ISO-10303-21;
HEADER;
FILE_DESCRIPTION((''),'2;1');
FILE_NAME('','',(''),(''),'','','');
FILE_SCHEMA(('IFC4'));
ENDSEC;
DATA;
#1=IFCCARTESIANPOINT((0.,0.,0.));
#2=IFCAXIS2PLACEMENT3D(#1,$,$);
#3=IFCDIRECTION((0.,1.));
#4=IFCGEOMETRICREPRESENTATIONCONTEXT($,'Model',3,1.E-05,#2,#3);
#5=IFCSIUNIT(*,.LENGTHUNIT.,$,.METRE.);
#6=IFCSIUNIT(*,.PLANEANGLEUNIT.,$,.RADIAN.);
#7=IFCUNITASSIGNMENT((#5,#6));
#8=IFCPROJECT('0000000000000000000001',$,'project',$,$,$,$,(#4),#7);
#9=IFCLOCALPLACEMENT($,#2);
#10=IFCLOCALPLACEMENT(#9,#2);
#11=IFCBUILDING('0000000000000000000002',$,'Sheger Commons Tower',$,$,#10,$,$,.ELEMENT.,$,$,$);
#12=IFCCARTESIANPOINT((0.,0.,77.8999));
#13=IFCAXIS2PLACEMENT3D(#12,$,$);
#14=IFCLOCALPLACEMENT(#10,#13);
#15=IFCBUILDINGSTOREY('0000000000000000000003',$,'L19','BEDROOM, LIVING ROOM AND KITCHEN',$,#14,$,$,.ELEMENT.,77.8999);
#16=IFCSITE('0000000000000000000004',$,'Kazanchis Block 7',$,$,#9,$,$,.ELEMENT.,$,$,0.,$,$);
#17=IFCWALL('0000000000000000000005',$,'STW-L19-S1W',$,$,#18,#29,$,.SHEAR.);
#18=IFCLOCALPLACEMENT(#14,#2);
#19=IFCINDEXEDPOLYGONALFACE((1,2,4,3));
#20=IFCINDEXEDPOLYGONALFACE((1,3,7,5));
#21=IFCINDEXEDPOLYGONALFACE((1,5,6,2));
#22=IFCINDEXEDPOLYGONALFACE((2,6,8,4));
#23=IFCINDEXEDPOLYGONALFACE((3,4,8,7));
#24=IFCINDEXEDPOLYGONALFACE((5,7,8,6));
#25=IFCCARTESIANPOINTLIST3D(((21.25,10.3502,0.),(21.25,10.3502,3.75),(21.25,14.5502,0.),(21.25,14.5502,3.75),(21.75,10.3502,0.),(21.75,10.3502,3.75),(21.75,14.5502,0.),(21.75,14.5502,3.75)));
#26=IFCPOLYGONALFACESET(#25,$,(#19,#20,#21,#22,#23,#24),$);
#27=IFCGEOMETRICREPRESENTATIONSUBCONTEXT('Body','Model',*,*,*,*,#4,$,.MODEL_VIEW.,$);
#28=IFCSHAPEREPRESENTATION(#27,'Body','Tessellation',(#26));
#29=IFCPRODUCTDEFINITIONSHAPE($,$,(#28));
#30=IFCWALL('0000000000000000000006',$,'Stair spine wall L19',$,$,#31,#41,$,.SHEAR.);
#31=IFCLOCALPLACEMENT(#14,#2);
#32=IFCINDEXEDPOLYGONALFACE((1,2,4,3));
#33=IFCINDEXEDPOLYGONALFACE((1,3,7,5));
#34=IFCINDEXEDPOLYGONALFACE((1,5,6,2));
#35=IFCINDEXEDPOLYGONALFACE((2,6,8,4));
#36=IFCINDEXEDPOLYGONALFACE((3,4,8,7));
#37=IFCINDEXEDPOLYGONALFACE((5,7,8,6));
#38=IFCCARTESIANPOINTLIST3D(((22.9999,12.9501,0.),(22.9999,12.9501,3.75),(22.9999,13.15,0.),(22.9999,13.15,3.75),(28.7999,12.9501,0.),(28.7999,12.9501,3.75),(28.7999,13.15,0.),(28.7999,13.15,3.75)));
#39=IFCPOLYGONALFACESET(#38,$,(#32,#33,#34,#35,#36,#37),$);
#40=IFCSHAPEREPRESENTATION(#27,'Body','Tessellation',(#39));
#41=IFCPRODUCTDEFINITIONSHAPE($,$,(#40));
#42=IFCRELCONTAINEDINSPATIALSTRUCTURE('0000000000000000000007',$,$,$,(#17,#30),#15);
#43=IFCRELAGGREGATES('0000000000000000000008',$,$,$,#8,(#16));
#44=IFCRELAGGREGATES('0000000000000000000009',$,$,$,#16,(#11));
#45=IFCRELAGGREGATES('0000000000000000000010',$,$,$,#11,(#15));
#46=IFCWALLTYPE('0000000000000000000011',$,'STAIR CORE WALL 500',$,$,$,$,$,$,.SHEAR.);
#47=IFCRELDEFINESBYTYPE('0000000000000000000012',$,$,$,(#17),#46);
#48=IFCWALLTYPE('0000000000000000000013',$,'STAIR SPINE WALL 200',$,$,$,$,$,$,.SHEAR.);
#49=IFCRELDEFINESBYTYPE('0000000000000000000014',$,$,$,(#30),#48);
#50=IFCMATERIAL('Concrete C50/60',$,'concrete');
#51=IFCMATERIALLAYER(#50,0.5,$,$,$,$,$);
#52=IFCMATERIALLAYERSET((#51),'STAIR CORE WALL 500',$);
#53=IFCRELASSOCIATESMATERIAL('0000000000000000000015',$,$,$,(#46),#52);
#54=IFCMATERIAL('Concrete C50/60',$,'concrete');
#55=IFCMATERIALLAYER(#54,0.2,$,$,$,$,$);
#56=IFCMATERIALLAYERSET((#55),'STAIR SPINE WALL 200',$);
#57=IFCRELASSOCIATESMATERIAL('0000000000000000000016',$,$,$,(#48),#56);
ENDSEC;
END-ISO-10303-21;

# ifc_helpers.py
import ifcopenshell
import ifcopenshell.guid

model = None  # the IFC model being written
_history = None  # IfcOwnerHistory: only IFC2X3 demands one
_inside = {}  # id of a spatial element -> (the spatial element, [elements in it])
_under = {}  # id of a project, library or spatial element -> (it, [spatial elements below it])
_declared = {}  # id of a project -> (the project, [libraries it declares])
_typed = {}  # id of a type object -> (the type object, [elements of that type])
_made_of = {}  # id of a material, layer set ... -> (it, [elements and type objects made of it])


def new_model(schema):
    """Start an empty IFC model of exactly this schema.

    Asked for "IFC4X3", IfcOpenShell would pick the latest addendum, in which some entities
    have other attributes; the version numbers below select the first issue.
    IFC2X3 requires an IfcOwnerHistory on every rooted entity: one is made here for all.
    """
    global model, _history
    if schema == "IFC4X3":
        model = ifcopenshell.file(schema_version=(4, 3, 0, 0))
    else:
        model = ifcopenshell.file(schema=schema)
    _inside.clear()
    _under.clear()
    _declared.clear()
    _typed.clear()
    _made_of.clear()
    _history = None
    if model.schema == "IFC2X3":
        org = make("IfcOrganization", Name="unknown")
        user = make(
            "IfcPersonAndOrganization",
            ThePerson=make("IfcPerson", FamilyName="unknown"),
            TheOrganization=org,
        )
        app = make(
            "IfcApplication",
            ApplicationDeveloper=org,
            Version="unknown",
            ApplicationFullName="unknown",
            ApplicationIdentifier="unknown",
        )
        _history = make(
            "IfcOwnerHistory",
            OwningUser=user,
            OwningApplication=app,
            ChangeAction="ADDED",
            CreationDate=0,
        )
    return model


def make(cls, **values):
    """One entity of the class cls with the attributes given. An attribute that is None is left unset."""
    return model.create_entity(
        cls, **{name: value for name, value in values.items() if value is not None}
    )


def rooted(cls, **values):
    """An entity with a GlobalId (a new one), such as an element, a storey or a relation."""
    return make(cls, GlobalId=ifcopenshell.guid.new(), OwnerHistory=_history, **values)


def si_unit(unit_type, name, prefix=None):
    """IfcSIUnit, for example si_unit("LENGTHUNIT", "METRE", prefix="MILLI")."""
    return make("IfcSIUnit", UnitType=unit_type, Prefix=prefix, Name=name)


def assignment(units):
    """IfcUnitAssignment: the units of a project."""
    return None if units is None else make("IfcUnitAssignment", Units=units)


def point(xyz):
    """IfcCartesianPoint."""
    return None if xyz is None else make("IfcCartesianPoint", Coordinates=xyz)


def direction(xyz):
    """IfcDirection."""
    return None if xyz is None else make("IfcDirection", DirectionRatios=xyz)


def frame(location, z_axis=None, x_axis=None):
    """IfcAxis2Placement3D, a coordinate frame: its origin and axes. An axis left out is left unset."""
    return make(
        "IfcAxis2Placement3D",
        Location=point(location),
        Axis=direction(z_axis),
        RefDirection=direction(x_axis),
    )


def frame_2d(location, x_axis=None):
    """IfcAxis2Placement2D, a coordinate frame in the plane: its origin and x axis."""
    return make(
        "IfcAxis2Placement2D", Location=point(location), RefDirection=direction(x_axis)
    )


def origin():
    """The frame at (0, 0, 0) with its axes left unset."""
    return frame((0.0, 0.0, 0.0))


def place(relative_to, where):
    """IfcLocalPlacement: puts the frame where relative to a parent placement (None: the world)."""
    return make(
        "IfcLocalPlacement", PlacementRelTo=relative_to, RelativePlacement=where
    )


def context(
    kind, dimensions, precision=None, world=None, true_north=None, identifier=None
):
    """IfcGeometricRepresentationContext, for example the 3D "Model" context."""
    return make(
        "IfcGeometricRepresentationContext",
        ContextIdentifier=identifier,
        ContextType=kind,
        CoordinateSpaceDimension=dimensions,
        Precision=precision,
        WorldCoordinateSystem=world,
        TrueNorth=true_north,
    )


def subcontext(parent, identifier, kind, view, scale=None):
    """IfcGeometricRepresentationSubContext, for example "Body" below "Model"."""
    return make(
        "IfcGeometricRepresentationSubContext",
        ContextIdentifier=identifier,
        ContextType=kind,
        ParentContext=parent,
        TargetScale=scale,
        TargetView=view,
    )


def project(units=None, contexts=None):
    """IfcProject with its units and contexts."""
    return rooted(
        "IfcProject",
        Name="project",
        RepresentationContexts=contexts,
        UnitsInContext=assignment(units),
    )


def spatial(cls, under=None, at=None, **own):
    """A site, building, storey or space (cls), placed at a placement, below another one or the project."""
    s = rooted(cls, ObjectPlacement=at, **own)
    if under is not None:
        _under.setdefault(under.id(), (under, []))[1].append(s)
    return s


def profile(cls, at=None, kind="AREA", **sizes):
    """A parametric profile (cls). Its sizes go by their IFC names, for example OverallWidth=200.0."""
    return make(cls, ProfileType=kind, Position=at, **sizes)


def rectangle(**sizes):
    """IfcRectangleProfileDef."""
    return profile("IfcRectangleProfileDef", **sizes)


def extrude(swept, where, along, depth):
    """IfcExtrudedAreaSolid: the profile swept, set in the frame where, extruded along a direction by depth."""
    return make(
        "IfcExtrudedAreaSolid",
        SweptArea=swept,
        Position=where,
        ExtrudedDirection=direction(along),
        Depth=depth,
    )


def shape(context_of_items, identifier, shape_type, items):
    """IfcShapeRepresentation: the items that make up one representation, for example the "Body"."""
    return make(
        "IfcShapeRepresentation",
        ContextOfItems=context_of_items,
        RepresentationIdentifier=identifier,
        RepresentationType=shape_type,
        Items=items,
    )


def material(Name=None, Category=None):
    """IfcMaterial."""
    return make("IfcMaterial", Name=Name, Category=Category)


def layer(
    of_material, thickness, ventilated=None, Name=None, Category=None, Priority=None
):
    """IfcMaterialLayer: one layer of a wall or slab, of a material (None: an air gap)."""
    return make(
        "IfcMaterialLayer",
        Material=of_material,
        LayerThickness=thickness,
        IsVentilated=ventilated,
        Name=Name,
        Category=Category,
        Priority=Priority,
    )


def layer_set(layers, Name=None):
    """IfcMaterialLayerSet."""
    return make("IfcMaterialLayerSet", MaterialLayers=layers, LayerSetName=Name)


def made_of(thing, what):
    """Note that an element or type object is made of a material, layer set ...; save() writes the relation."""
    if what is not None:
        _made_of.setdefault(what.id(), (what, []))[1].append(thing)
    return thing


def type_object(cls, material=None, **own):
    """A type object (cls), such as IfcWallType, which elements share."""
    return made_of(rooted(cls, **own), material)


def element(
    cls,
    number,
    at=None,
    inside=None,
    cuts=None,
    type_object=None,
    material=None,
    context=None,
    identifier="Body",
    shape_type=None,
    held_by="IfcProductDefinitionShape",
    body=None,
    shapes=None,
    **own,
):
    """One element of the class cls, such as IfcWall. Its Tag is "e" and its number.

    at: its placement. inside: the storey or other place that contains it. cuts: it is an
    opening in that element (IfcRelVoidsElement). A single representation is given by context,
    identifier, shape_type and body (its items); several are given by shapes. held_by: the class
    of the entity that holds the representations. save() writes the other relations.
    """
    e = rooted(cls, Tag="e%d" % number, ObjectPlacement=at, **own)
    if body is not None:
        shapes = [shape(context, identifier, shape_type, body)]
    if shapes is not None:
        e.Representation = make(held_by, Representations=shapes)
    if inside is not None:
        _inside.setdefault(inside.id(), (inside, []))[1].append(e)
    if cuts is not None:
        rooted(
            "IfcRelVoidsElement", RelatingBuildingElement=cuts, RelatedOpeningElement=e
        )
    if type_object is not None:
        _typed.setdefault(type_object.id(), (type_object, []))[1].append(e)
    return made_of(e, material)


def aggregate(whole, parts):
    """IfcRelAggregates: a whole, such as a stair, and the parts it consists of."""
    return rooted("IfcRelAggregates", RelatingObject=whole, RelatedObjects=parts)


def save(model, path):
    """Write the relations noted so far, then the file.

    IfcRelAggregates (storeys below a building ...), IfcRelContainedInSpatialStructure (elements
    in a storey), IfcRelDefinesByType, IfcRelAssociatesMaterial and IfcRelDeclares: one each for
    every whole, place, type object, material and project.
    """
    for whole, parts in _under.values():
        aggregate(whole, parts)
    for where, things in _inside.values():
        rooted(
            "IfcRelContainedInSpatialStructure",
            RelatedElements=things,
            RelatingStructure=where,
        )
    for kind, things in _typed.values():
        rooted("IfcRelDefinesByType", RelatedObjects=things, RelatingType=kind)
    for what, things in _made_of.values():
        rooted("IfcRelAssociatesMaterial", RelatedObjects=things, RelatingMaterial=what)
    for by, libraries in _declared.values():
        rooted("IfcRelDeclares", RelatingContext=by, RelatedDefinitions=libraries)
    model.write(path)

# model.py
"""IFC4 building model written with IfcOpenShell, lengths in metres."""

from ifc_helpers import new_model, si_unit, direction, frame, frame_2d, origin, place, context, subcontext, project, spatial, rectangle, extrude, material, layer, layer_set, type_object, element, save


model = new_model("IFC4")

# Units and contexts
model_context = context("Model", 3, precision=1e-05, world=origin(), true_north=direction((0.0, 1.0)))
body_context = subcontext(model_context, "Body", "Model", "MODEL_VIEW")
ifc_project = project(units=[si_unit("LENGTHUNIT", "METRE"), si_unit("PLANEANGLEUNIT", "RADIAN")], contexts=[model_context])

# Site, building, storey
site_placement = place(None, origin())
site = spatial("IfcSite", under=ifc_project, at=site_placement, Name="Kazanchis Block 7", CompositionType="ELEMENT", RefElevation=0.0)
building_placement = place(site_placement, origin())
building = spatial("IfcBuilding", under=site, at=building_placement, Name="Sheger Commons Tower", CompositionType="ELEMENT")
storey_placement = place(building_placement, frame((0.0, 0.0, 77.8999)))
storey = spatial("IfcBuildingStorey", under=building, at=storey_placement, Name="L19", Description="BEDROOM, LIVING ROOM AND KITCHEN", CompositionType="ELEMENT", Elevation=77.8999)

# Walls
ifc_material_1 = material(Name="Concrete C50/60", Category="concrete")
ifc_layer_1 = layer(ifc_material_1, 0.5)
ifc_layer_set_1 = layer_set([ifc_layer_1], Name="STAIR CORE WALL 500")
wall_type_1 = type_object("IfcWallType", Name="STAIR CORE WALL 500", PredefinedType="SHEAR", material=ifc_layer_set_1)
wall_1_placement = place(storey_placement, frame((21.5, 10.3501, 0.0), z_axis=(0.0, 0.0, 1.0), x_axis=(0.0, 1.0, 0.0)))
element("IfcWall", 1, at=wall_1_placement, inside=storey, type_object=wall_type_1, Name="STW-L19-S1W", PredefinedType="SHEAR", context=body_context, shape_type="SweptSolid", body=[
    extrude(rectangle(XDim=4.2, YDim=0.5, at=frame_2d((2.1001, 0.0))), origin(), (0.0, 0.0, 1.0), 3.75),
])
ifc_material_2 = material(Name="Concrete C50/60", Category="concrete")
ifc_layer_2 = layer(ifc_material_2, 0.2)
ifc_layer_set_2 = layer_set([ifc_layer_2], Name="STAIR SPINE WALL 200")
wall_type_2 = type_object("IfcWallType", Name="STAIR SPINE WALL 200", PredefinedType="SHEAR", material=ifc_layer_set_2)
wall_2_placement = place(storey_placement, frame((23.0, 13.05, 0.0), z_axis=(0.0, 0.0, 1.0), x_axis=(1.0, 0.0, 0.0)))
element("IfcWall", 2, at=wall_2_placement, inside=storey, type_object=wall_type_2, Name="Stair spine wall L19", PredefinedType="SHEAR", context=body_context, shape_type="SweptSolid", body=[
    extrude(rectangle(XDim=5.8, YDim=0.2, at=frame_2d((2.8999, 0.0))), origin(), (0.0, 0.0, 1.0), 3.75),
])

save(model, "model.ifc")
